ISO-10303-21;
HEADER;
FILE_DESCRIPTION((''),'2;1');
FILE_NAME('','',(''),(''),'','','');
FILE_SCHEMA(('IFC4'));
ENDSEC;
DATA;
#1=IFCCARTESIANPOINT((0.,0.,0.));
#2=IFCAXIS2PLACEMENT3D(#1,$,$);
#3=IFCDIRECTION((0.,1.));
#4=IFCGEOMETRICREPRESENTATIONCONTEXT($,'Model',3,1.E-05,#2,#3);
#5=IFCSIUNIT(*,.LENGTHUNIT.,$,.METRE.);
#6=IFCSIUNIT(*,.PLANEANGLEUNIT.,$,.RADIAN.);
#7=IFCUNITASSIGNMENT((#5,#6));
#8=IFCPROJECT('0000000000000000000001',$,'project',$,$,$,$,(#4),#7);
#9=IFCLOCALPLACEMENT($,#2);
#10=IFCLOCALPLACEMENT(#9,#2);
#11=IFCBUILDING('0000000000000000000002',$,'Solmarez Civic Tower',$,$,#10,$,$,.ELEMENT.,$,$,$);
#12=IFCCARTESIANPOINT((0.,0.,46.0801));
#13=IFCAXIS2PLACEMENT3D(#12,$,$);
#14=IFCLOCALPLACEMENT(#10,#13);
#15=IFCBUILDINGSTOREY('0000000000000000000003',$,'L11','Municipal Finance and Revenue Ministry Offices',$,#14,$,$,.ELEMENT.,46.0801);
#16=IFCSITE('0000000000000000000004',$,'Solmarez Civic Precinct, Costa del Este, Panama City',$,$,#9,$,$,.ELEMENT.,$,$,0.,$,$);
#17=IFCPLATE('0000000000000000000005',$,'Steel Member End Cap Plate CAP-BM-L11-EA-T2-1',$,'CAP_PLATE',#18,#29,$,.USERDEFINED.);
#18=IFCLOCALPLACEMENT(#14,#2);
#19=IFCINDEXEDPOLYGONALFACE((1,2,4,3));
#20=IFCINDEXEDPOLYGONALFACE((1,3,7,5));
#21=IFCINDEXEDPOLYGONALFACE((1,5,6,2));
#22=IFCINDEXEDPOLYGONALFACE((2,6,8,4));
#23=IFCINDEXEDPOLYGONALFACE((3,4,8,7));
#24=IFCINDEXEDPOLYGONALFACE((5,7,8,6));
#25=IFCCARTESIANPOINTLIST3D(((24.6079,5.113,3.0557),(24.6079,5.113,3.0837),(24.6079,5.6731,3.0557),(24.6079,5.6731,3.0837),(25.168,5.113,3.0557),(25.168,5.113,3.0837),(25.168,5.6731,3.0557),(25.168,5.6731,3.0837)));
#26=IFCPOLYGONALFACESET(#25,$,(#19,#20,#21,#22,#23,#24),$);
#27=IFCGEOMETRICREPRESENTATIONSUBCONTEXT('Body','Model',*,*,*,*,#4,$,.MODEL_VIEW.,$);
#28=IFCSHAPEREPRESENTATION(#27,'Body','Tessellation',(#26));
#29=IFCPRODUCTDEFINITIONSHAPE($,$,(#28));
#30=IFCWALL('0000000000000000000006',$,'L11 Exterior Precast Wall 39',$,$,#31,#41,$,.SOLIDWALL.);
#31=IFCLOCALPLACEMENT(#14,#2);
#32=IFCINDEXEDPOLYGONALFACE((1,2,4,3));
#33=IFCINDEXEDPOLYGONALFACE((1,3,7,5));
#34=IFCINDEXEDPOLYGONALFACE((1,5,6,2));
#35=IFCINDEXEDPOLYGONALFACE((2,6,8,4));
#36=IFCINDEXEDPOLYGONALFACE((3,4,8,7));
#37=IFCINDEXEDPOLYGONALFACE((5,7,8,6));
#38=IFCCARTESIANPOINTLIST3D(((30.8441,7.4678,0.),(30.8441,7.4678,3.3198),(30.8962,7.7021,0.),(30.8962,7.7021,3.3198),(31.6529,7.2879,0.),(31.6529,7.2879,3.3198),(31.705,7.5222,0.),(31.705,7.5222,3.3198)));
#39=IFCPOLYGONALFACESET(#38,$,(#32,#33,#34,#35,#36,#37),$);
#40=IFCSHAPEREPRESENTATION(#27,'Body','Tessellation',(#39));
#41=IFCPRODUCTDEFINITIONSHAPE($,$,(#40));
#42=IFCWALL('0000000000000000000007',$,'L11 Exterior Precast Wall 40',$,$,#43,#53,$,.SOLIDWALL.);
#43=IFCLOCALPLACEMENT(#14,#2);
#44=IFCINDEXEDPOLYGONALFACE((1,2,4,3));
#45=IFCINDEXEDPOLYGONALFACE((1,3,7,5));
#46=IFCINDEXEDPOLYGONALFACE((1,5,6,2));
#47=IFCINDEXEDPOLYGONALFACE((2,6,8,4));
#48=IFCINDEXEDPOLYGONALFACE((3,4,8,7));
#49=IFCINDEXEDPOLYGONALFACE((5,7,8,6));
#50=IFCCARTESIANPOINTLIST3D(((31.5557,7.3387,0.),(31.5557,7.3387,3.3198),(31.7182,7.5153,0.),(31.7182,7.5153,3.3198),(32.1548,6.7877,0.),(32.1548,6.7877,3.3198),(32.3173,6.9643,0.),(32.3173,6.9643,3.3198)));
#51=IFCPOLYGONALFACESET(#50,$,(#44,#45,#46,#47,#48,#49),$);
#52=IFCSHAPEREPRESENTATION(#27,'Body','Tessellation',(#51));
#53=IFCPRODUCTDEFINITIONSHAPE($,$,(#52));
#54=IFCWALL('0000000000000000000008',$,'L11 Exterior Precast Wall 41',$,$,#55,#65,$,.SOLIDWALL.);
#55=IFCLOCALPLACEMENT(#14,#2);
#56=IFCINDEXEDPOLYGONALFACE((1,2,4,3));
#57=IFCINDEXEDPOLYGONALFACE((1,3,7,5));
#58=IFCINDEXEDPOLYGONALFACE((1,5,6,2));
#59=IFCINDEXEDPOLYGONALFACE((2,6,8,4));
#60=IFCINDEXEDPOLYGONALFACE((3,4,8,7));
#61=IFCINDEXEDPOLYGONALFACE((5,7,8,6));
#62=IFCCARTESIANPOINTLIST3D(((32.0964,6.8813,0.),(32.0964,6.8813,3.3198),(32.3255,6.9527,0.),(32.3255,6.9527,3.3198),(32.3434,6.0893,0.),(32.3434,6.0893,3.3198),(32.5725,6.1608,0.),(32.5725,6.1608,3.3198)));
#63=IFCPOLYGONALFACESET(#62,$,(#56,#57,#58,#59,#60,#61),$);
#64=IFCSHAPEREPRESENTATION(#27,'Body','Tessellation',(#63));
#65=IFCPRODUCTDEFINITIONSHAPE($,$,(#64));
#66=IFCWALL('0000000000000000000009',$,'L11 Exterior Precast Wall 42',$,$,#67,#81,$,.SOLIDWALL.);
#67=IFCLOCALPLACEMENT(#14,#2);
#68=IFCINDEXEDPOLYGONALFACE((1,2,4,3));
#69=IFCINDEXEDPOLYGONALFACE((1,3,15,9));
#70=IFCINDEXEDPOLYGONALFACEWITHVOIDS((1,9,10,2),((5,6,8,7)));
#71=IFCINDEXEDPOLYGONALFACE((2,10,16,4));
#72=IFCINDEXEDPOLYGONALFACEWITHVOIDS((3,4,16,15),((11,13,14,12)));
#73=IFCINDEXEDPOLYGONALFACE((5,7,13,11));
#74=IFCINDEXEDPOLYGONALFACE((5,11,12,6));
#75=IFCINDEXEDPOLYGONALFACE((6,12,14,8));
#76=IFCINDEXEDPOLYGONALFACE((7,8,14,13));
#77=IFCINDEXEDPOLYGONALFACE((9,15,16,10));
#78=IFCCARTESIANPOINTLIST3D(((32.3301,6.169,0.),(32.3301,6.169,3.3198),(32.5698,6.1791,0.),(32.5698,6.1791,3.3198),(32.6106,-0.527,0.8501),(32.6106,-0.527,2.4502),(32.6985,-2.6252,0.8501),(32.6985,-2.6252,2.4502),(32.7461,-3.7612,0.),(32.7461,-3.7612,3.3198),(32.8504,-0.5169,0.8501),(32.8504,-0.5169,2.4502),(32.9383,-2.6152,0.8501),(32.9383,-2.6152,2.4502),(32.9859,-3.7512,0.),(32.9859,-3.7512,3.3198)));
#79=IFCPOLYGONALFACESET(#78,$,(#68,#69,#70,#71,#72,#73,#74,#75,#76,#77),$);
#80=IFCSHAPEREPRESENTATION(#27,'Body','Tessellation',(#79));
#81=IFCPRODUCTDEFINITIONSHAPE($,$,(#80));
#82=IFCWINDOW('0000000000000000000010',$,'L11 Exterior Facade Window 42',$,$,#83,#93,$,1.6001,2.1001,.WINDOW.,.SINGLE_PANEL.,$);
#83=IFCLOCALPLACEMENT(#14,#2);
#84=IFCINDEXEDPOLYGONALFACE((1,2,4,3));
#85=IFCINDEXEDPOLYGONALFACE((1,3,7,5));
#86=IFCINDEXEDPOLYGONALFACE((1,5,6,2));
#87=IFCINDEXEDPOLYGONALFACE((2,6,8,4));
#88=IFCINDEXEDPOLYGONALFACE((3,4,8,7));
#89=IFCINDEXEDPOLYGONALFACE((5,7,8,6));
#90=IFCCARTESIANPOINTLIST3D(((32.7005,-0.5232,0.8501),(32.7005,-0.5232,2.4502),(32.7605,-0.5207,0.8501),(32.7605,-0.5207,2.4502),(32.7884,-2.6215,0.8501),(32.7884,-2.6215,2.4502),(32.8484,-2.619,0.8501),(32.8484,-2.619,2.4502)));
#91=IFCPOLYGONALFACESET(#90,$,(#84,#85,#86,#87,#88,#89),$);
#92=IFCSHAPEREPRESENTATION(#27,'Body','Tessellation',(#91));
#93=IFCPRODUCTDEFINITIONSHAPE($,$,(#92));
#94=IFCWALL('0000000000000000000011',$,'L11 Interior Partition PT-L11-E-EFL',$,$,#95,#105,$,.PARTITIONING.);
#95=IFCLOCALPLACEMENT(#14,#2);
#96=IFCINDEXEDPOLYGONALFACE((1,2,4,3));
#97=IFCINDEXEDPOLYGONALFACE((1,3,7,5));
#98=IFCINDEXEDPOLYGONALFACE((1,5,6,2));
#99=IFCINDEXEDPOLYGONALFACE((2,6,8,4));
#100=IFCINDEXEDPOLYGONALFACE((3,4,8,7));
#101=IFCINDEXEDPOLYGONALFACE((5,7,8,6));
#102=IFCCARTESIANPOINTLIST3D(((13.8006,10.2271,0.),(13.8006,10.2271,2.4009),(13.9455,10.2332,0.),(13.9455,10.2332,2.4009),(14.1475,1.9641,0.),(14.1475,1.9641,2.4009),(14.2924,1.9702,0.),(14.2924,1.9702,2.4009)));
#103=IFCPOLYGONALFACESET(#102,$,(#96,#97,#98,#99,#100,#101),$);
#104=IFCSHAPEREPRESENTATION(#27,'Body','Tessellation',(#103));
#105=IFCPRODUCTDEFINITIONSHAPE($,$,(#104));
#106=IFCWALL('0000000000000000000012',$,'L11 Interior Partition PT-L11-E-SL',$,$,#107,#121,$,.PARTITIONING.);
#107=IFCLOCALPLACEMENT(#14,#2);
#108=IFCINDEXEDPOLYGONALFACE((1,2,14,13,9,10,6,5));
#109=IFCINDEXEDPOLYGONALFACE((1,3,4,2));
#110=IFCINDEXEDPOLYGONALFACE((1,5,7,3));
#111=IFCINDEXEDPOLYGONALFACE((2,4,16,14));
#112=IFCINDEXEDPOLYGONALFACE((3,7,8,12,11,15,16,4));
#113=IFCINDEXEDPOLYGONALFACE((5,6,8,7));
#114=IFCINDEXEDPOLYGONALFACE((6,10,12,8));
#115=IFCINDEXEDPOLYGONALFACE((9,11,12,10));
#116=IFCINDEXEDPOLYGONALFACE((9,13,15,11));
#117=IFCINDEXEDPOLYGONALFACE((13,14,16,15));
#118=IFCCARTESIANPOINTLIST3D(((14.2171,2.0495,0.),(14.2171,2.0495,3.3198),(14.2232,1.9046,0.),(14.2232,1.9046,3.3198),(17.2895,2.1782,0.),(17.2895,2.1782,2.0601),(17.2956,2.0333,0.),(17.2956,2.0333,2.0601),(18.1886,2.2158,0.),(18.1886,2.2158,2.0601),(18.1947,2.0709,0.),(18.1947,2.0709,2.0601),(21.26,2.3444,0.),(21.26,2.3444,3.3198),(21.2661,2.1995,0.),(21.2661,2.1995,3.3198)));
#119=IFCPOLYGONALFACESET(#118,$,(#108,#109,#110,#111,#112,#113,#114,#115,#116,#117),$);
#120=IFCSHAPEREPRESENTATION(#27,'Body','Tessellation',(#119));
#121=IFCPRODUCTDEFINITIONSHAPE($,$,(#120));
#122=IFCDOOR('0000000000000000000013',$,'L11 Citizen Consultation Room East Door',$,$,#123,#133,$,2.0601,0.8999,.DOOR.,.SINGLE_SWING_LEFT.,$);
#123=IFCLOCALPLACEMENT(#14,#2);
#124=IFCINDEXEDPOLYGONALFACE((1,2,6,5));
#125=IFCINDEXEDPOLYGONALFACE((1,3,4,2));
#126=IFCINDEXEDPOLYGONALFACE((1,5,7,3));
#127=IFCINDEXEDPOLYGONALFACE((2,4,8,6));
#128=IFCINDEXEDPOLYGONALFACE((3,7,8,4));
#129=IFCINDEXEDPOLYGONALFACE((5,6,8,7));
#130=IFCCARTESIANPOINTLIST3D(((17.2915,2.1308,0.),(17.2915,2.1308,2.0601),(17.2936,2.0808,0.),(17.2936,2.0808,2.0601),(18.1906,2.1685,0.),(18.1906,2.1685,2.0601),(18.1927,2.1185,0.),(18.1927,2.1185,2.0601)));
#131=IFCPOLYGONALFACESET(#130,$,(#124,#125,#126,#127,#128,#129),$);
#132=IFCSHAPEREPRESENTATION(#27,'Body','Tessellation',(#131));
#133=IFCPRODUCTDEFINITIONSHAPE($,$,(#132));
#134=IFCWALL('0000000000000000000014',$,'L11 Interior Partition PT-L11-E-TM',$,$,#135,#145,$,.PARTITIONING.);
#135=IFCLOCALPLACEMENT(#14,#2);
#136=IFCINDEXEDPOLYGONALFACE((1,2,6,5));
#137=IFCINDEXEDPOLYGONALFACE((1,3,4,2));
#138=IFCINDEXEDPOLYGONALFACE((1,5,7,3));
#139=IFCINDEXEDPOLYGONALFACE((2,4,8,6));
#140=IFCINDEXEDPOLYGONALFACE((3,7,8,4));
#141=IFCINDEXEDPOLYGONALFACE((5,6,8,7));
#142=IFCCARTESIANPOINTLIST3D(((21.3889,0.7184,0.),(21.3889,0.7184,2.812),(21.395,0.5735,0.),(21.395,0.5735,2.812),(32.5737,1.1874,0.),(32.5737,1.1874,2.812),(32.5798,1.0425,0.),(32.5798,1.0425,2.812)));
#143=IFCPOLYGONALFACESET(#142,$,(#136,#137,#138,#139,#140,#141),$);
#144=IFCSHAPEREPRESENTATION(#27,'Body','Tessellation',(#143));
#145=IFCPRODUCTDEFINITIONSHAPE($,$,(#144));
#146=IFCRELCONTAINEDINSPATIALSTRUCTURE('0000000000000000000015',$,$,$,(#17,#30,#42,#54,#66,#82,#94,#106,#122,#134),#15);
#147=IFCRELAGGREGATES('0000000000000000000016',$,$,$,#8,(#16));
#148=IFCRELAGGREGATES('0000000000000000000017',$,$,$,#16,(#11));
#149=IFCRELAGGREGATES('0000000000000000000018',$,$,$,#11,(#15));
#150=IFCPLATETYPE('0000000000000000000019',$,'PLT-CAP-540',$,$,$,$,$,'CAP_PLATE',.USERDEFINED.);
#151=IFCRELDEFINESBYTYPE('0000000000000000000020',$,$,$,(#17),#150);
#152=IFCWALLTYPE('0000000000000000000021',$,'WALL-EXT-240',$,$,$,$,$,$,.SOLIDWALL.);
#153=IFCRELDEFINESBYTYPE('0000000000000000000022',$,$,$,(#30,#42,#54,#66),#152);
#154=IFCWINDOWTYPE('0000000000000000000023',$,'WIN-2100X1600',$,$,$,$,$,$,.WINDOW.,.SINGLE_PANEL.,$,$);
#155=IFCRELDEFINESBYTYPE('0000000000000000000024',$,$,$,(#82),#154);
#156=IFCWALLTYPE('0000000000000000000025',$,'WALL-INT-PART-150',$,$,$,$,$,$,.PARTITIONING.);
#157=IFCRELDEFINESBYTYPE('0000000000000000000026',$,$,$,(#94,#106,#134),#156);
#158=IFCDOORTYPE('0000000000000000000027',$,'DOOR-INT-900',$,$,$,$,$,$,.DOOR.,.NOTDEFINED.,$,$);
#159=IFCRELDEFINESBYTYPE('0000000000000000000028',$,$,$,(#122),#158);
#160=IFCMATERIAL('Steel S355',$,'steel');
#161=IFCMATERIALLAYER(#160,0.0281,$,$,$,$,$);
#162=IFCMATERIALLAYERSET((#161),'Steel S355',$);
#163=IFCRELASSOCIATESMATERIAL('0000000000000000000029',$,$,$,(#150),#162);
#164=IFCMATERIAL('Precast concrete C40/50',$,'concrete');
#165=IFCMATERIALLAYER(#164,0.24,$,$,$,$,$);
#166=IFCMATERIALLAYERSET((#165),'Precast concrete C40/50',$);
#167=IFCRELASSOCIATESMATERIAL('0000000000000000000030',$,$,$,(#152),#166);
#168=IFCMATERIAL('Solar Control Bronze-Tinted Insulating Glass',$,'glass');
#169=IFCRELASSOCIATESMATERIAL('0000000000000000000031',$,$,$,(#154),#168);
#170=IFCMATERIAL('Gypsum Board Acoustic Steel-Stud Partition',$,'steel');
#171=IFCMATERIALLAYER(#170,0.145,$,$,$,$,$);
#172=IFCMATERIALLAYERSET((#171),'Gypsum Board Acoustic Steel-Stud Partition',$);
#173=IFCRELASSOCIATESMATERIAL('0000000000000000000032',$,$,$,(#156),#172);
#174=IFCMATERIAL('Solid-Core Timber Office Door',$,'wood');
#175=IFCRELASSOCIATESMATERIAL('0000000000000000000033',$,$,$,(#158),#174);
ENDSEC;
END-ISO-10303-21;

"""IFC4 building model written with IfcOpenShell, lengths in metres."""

from ifc_helpers import new_model, si_unit, direction, frame, frame_2d, origin, origin_2d, place, context, subcontext, project, spatial, rectangle, extrude, material, layer, layer_set, type_object, element, fill, save


model = new_model("IFC4")

# Units and contexts
model_context = context("Model", 3, precision=1e-05, world=origin(), true_north=direction((0.0, 1.0)))
body_context = subcontext(model_context, "Body", "Model", "MODEL_VIEW")
ifc_project = project(units=[si_unit("LENGTHUNIT", "METRE"), si_unit("PLANEANGLEUNIT", "RADIAN")], contexts=[model_context])

# Site, building, storey
site_placement = place(None, origin())
site = spatial("IfcSite", under=ifc_project, at=site_placement, Name="Solmarez Civic Precinct, Costa del Este, Panama City", CompositionType="ELEMENT", RefElevation=0.0)
building_placement = place(site_placement, origin())
building = spatial("IfcBuilding", under=site, at=building_placement, Name="Solmarez Civic Tower", CompositionType="ELEMENT")
storey_placement = place(building_placement, frame((0.0, 0.0, 46.0801)))
storey = spatial("IfcBuildingStorey", under=building, at=storey_placement, Name="L11", Description="Municipal Finance and Revenue Ministry Offices", CompositionType="ELEMENT", Elevation=46.0801)

# Shared definitions
ifc_material_1 = material(Name="Steel S355", Category="steel")

# Plate
ifc_layer_1 = layer(ifc_material_1, 0.0281)
ifc_layer_set_1 = layer_set([ifc_layer_1], Name="Steel S355")
plate_type_1 = type_object("IfcPlateType", Name="PLT-CAP-540", ElementType="CAP_PLATE", PredefinedType="USERDEFINED", material=ifc_layer_set_1)
plate_placement = place(storey_placement, frame((24.8879, 5.3931, 3.0557), z_axis=(0.0, 0.0, 1.0), x_axis=(1.0, 0.0, 0.0)))
element("IfcPlate", 1, at=plate_placement, inside=storey, type_object=plate_type_1, Name="Steel Member End Cap Plate CAP-BM-L11-EA-T2-1", ObjectType="CAP_PLATE", PredefinedType="USERDEFINED", context=body_context, shape_type="SweptSolid", body=[
    extrude(rectangle(XDim=0.5601, YDim=0.5601, at=origin_2d()), origin(), (0.0, 0.0, 1.0), 0.0281),
])

# Walls
ifc_material_2 = material(Name="Precast concrete C40/50", Category="concrete")
ifc_layer_2 = layer(ifc_material_2, 0.24)
ifc_layer_set_2 = layer_set([ifc_layer_2], Name="Precast concrete C40/50")
wall_type_1 = type_object("IfcWallType", Name="WALL-EXT-240", PredefinedType="SOLIDWALL", material=ifc_layer_set_2)
wall_1_placement = place(storey_placement, frame((30.8701, 7.585, 0.0), z_axis=(0.0, 0.0, 1.0), x_axis=(0.976139, -0.217149, 0.0)))
element("IfcWall", 2, at=wall_1_placement, inside=storey, type_object=wall_type_1, Name="L11 Exterior Precast Wall 39", PredefinedType="SOLIDWALL", context=body_context, shape_type="SweptSolid", body=[
    extrude(rectangle(XDim=0.8286, YDim=0.24, at=frame_2d((0.4143, 0.0))), origin(), (0.0, 0.0, 1.0), 3.3198),
])
wall_2_placement = place(storey_placement, frame((31.637, 7.427, 0.0), z_axis=(0.0, 0.0, 1.0), x_axis=(0.736033, -0.676946, 0.0)))
element("IfcWall", 3, at=wall_2_placement, inside=storey, type_object=wall_type_1, Name="L11 Exterior Precast Wall 40", PredefinedType="SOLIDWALL", context=body_context, shape_type="SweptSolid", body=[
    extrude(rectangle(XDim=0.814, YDim=0.24, at=frame_2d((0.407, 0.0))), origin(), (0.0, 0.0, 1.0), 3.3198),
])
wall_3_placement = place(storey_placement, frame((32.2109, 6.917, 0.0), z_axis=(0.0, 0.0, 1.0), x_axis=(0.297806, -0.954626, 0.0)))
element("IfcWall", 4, at=wall_3_placement, inside=storey, type_object=wall_type_1, Name="L11 Exterior Precast Wall 41", PredefinedType="SOLIDWALL", context=body_context, shape_type="SweptSolid", body=[
    extrude(rectangle(XDim=0.8296, YDim=0.24, at=frame_2d((0.4148, 0.0))), origin(), (0.0, 0.0, 1.0), 3.3198),
])

# Wall, opening, window
wall_4_placement = place(storey_placement, frame((32.45, 6.1741, 0.0), z_axis=(0.0, 0.0, 1.0), x_axis=(0.041857, -0.999124, 0.0)))
wall_4 = element("IfcWall", 5, at=wall_4_placement, inside=storey, type_object=wall_type_1, Name="L11 Exterior Precast Wall 42", PredefinedType="SOLIDWALL", context=body_context, shape_type="SweptSolid", body=[
    extrude(rectangle(XDim=9.939, YDim=0.24, at=frame_2d((4.9695, 0.0))), origin(), (0.0, 0.0, 1.0), 3.3198),
])
opening_1_placement = place(wall_4_placement, frame((6.7019, 0.0, 0.8501)))
opening_1 = element("IfcOpeningElement", 6, at=opening_1_placement, cuts=wall_4, PredefinedType="OPENING", context=body_context, shape_type="SweptSolid", body=[
    extrude(rectangle(XDim=2.1001, YDim=1.6001, at=frame_2d((1.05, 0.8))), frame((0.0, 0.1299, 0.0), z_axis=(0.0, -1.0, 0.0), x_axis=(1.0, 0.0, 0.0)), (0.0, 0.0, 1.0), 0.26),
])
ifc_material_3 = material(Name="Solar Control Bronze-Tinted Insulating Glass", Category="glass")
window_type = type_object("IfcWindowType", Name="WIN-2100X1600", PartitioningType="SINGLE_PANEL", PredefinedType="WINDOW", material=ifc_material_3)
window_placement = place(opening_1_placement, origin())
window = element("IfcWindow", 7, at=window_placement, inside=storey, type_object=window_type, Name="L11 Exterior Facade Window 42", OverallHeight=1.6001, OverallWidth=2.1001, PartitioningType="SINGLE_PANEL", PredefinedType="WINDOW", context=body_context, shape_type="SweptSolid", body=[
    extrude(rectangle(XDim=2.1001, YDim=1.6001, at=frame_2d((1.05, 0.8))), frame((0.0, 0.03, 0.0), z_axis=(0.0, -1.0, 0.0), x_axis=(1.0, 0.0, 0.0)), (0.0, 0.0, 1.0), 0.0601),
])
fill(opening_1, window)

# Wall
ifc_material_4 = material(Name="Gypsum Board Acoustic Steel-Stud Partition", Category="steel")
ifc_layer_3 = layer(ifc_material_4, 0.145)
ifc_layer_set_3 = layer_set([ifc_layer_3], Name="Gypsum Board Acoustic Steel-Stud Partition")
wall_type_2 = type_object("IfcWallType", Name="WALL-INT-PART-150", PredefinedType="PARTITIONING", material=ifc_layer_set_3)
wall_5_placement = place(storey_placement, frame((14.22, 1.967, 0.0), z_axis=(0.0, 0.0, 1.0), x_axis=(-0.041949, 0.99912, 0.0)))
element("IfcWall", 8, at=wall_5_placement, inside=storey, type_object=wall_type_2, Name="L11 Interior Partition PT-L11-E-EFL", PredefinedType="PARTITIONING", context=body_context, shape_type="SweptSolid", body=[
    extrude(rectangle(XDim=8.2703, YDim=0.145, at=frame_2d((4.1353, 0.0))), origin(), (0.0, 0.0, 1.0), 2.4009),
])

# Wall, opening, door
wall_6_placement = place(storey_placement, frame((21.2629, 2.272, 0.0), z_axis=(0.0, 0.0, 1.0), x_axis=(-0.999124, -0.041838, 0.0)))
wall_6 = element("IfcWall", 9, at=wall_6_placement, inside=storey, type_object=wall_type_2, Name="L11 Interior Partition PT-L11-E-SL", PredefinedType="PARTITIONING", context=body_context, shape_type="SweptSolid", body=[
    extrude(rectangle(XDim=7.0491, YDim=0.145, at=frame_2d((3.5244, 0.0))), origin(), (0.0, 0.0, 1.0), 3.3198),
])
opening_2_placement = place(wall_6_placement, frame((3.074, 0.0, 0.0)))
opening_2 = element("IfcOpeningElement", 10, at=opening_2_placement, cuts=wall_6, PredefinedType="OPENING", context=body_context, shape_type="SweptSolid", body=[
    extrude(rectangle(XDim=0.8999, YDim=2.0601, at=frame_2d((0.45, 1.03))), frame((0.0, 0.0825, 0.0), z_axis=(0.0, -1.0, 0.0), x_axis=(1.0, 0.0, 0.0)), (0.0, 0.0, 1.0), 0.165),
])
ifc_material_5 = material(Name="Solid-Core Timber Office Door", Category="wood")
door_type_1 = type_object("IfcDoorType", Name="DOOR-INT-900", OperationType="NOTDEFINED", PredefinedType="DOOR", material=ifc_material_5)
door_1_placement = place(opening_2_placement, origin())
door_1 = element("IfcDoor", 11, at=door_1_placement, inside=storey, type_object=door_type_1, Name="L11 Citizen Consultation Room East Door", OperationType="SINGLE_SWING_LEFT", OverallHeight=2.0601, OverallWidth=0.8999, PredefinedType="DOOR", context=body_context, shape_type="SweptSolid", body=[
    extrude(rectangle(XDim=0.8999, YDim=2.0601, at=frame_2d((0.45, 1.03))), frame((0.0, 0.0249, 0.0), z_axis=(0.0, -1.0, 0.0), x_axis=(1.0, 0.0, 0.0)), (0.0, 0.0, 1.0), 0.05),
])
fill(opening_2, door_1)

# Wall
wall_7_placement = place(storey_placement, frame((21.3921, 0.646, 0.0), z_axis=(0.0, 0.0, 1.0), x_axis=(0.999122, 0.041895, 0.0)))
element("IfcWall", 12, at=wall_7_placement, inside=storey, type_object=wall_type_2, Name="L11 Interior Partition PT-L11-E-TM", PredefinedType="PARTITIONING", context=body_context, shape_type="SweptSolid", body=[
    extrude(rectangle(XDim=11.1946, YDim=0.145, at=frame_2d((5.5972, 0.0))), origin(), (0.0, 0.0, 1.0), 2.812),
])

save(model, "model.ifc")
